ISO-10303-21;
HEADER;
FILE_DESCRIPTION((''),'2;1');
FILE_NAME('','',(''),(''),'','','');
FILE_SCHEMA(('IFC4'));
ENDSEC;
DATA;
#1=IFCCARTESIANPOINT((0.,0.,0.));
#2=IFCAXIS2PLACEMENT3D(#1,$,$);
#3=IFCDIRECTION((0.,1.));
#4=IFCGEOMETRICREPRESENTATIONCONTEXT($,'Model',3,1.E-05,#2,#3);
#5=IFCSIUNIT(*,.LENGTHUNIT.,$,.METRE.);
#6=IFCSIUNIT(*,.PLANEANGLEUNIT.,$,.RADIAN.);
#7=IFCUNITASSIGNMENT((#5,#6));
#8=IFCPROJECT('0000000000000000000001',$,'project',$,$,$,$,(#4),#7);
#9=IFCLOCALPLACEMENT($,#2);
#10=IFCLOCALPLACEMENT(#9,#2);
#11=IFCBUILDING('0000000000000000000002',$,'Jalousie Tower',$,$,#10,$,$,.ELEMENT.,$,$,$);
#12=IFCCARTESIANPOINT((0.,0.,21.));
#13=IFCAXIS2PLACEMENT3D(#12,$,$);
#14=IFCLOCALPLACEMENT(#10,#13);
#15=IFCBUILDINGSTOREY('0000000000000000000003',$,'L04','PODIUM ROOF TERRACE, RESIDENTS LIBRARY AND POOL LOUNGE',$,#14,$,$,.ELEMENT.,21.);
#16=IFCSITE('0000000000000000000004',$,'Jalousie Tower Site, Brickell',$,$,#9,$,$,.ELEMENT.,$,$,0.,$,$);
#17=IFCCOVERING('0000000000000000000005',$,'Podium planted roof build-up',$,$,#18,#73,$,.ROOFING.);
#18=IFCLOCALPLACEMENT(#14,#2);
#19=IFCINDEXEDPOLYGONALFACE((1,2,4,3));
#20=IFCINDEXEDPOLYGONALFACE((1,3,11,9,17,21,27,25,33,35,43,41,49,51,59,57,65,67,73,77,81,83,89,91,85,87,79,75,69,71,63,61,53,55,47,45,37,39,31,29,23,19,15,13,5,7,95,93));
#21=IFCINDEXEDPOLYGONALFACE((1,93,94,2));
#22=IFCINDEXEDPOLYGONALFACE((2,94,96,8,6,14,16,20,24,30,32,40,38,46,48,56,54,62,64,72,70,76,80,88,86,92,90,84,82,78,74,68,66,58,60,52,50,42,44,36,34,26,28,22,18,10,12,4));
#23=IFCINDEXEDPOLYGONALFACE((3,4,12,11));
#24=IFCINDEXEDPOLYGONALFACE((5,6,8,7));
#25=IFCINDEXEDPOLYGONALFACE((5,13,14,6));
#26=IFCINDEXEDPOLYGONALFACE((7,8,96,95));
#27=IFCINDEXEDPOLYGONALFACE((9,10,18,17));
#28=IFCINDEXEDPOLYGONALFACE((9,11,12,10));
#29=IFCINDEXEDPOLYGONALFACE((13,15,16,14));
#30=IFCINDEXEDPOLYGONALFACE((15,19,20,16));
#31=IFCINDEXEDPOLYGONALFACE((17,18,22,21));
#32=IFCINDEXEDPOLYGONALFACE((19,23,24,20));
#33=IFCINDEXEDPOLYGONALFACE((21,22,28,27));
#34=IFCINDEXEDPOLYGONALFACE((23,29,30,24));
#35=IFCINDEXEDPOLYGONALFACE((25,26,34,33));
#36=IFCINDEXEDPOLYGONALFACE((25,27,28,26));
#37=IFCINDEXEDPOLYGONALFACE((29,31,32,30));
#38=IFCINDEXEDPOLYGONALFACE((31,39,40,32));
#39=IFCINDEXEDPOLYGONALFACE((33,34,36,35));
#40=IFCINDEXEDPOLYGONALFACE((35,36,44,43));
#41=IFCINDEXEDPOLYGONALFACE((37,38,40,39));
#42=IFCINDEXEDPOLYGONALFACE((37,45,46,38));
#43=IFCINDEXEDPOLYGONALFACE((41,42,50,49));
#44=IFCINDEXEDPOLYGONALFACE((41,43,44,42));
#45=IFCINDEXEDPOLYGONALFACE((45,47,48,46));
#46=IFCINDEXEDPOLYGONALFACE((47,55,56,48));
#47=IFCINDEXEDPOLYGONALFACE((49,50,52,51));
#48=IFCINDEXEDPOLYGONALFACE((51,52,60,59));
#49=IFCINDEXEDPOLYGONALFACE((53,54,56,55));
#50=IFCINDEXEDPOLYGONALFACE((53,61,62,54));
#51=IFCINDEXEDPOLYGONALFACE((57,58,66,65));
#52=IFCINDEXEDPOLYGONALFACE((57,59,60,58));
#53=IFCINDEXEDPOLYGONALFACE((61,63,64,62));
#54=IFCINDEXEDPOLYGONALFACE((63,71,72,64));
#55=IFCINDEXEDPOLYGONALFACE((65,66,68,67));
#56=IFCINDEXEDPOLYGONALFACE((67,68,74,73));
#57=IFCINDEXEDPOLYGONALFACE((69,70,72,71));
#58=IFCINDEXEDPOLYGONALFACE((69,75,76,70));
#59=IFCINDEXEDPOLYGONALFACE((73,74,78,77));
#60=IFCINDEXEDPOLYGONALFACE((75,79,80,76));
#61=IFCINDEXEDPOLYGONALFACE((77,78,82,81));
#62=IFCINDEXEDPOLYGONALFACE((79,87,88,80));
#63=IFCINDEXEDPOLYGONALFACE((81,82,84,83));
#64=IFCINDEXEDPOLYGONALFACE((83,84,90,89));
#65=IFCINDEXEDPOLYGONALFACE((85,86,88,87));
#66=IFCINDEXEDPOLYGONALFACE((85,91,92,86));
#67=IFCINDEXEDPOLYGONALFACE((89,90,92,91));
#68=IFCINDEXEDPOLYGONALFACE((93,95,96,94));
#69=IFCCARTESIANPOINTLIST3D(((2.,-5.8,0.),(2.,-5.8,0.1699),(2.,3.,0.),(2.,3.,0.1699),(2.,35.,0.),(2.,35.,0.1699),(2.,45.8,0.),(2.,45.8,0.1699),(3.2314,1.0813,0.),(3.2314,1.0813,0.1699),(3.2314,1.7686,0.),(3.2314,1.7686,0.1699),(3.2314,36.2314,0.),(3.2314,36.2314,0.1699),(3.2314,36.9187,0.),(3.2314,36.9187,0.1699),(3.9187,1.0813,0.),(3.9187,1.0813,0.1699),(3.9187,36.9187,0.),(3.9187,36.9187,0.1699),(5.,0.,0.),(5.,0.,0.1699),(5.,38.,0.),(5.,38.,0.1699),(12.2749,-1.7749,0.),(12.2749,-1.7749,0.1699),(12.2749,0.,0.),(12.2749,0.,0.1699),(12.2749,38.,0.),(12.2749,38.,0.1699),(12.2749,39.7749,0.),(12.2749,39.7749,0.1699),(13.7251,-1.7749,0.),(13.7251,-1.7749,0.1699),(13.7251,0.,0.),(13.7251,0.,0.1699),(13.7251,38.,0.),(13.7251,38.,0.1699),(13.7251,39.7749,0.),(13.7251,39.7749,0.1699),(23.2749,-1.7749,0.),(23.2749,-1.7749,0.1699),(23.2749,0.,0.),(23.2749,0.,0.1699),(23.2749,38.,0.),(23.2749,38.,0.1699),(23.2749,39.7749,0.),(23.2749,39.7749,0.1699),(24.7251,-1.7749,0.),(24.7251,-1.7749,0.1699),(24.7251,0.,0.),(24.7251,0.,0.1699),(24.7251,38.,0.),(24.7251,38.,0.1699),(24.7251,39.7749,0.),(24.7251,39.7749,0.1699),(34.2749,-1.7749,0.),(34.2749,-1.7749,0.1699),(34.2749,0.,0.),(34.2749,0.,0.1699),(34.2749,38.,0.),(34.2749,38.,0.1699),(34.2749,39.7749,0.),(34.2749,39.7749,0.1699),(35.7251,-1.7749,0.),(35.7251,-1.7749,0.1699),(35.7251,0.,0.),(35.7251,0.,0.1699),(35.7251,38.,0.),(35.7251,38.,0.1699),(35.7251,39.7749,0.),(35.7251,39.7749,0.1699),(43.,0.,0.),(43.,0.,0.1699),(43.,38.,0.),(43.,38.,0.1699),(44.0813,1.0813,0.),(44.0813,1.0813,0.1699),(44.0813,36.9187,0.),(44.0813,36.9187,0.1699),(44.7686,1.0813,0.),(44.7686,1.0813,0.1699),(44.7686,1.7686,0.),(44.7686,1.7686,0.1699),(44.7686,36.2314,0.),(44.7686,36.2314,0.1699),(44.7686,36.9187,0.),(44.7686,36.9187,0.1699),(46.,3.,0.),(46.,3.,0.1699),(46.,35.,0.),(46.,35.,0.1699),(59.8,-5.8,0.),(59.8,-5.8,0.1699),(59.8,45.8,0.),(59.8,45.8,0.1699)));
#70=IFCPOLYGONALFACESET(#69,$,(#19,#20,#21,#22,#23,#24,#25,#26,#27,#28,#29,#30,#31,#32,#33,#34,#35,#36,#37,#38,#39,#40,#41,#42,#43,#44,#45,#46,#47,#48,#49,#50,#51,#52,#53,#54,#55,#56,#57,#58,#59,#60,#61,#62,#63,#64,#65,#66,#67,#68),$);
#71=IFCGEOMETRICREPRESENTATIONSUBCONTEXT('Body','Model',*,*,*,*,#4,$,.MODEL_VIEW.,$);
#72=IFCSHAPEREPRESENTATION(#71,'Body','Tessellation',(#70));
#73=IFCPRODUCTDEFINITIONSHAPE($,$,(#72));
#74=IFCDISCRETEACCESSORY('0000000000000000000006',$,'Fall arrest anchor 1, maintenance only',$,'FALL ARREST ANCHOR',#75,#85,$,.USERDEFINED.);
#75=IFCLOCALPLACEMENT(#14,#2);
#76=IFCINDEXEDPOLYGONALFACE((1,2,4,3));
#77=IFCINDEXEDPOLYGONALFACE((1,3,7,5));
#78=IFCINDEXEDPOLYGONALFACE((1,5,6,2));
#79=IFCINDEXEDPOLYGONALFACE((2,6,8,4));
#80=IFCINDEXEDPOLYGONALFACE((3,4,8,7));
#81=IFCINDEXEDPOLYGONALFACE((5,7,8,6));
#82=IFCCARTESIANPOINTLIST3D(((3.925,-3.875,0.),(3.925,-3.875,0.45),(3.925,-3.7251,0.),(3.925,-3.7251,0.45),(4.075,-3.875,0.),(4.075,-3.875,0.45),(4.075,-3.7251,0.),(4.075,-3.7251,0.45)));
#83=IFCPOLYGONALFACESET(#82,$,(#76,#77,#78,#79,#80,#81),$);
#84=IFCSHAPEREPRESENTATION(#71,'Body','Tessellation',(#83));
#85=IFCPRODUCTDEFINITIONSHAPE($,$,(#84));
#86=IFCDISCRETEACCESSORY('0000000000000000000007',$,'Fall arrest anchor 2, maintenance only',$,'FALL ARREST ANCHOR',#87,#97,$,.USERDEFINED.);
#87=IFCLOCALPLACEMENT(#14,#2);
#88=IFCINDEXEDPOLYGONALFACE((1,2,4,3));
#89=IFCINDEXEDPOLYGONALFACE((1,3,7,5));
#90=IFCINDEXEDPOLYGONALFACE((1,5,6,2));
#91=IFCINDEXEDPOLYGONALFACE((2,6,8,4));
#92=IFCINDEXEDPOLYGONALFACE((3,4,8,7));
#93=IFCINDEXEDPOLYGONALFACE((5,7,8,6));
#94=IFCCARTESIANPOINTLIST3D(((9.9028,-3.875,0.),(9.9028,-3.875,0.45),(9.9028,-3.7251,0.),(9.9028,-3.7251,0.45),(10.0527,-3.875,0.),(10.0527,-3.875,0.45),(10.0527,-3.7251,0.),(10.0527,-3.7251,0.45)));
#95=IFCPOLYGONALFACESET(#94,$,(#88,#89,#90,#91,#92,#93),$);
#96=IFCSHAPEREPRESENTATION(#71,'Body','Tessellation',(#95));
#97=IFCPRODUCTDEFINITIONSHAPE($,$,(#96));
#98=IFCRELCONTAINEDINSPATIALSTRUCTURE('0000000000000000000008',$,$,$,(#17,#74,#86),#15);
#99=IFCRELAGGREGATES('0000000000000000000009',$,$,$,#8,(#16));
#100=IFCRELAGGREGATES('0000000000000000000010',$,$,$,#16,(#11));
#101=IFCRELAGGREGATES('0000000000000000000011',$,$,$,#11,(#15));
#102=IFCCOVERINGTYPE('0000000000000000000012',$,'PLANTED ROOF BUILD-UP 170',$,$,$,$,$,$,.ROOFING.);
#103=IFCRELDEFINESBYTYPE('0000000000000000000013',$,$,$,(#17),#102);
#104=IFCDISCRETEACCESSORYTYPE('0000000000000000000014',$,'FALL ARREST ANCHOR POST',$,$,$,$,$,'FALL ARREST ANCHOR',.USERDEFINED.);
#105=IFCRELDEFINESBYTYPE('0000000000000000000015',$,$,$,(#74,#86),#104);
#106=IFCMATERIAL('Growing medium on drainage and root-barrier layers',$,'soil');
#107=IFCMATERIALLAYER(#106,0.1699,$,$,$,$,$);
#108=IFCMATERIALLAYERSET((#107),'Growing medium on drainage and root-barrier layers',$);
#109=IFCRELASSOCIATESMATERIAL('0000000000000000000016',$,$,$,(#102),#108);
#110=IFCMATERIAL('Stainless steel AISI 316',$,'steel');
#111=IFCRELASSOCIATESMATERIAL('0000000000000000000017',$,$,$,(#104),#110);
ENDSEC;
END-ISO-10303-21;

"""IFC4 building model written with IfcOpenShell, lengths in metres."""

from ifc_helpers import new_model, si_unit, direction, frame, origin, origin_2d, place, context, subcontext, project, spatial, polyline, rectangle, outline, extrude, material, layer, layer_set, type_object, element, save


model = new_model("IFC4")

# Units and contexts
model_context = context("Model", 3, precision=1e-05, world=origin(), true_north=direction((0.0, 1.0)))
body_context = subcontext(model_context, "Body", "Model", "MODEL_VIEW")
ifc_project = project(units=[si_unit("LENGTHUNIT", "METRE"), si_unit("PLANEANGLEUNIT", "RADIAN")], contexts=[model_context])

# Site, building, storey
site_placement = place(None, origin())
site = spatial("IfcSite", under=ifc_project, at=site_placement, Name="Jalousie Tower Site, Brickell", CompositionType="ELEMENT", RefElevation=0.0)
building_placement = place(site_placement, origin())
building = spatial("IfcBuilding", under=site, at=building_placement, Name="Jalousie Tower", CompositionType="ELEMENT")
storey_placement = place(building_placement, frame((0.0, 0.0, 21.0)))
storey = spatial("IfcBuildingStorey", under=building, at=storey_placement, Name="L04", Description="PODIUM ROOF TERRACE, RESIDENTS LIBRARY AND POOL LOUNGE", CompositionType="ELEMENT", Elevation=21.0)

# Covering
ifc_material_1 = material(Name="Growing medium on drainage and root-barrier layers", Category="soil")
ifc_layer_1 = layer(ifc_material_1, 0.1699)
ifc_layer_set_1 = layer_set([ifc_layer_1], Name="Growing medium on drainage and root-barrier layers")
covering_type = type_object("IfcCoveringType", Name="PLANTED ROOF BUILD-UP 170", PredefinedType="ROOFING", material=ifc_layer_set_1)
covering_placement = place(storey_placement, origin())
element("IfcCovering", 1, at=covering_placement, inside=storey, type_object=covering_type, Name="Podium planted roof build-up", PredefinedType="ROOFING", context=body_context, shape_type="SweptSolid", body=[
    extrude(outline(polyline([(2.0, 3.0), (3.2314, 1.7686), (3.2314, 1.0813), (3.9187, 1.0813), (5.0, 0.0), (12.2749, 0.0), (12.2749, -1.7749), (13.7251, -1.7749), (13.7251, 0.0), (23.2749, 0.0), (23.2749, -1.7749), (24.7251, -1.7749), (24.7251, 0.0), (34.2749, 0.0), (34.2749, -1.7749), (35.7251, -1.7749), (35.7251, 0.0), (43.0, 0.0), (44.0813, 1.0813), (44.7686, 1.0813), (44.7686, 1.7686), (46.0, 3.0), (46.0, 35.0), (44.7686, 36.2314), (44.7686, 36.9187), (44.0813, 36.9187), (43.0, 38.0), (35.7251, 38.0), (35.7251, 39.7749), (34.2749, 39.7749), (34.2749, 38.0), (24.7251, 38.0), (24.7251, 39.7749), (23.2749, 39.7749), (23.2749, 38.0), (13.7251, 38.0), (13.7251, 39.7749), (12.2749, 39.7749), (12.2749, 38.0), (5.0, 38.0), (3.9187, 36.9187), (3.2314, 36.9187), (3.2314, 36.2314), (2.0, 35.0), (2.0, 45.8), (59.8, 45.8), (59.8, -5.8), (2.0, -5.8), (2.0, 3.0)])), origin(), (0.0, 0.0, 1.0), 0.1699),
])

# Discrete accessories
ifc_material_2 = material(Name="Stainless steel AISI 316", Category="steel")
discrete_accessory_type = type_object("IfcDiscreteAccessoryType", Name="FALL ARREST ANCHOR POST", ElementType="FALL ARREST ANCHOR", PredefinedType="USERDEFINED", material=ifc_material_2)
for number, where, z_axis, x_axis, name in (
    (2, (4.0, -3.8, 0.0), (0.0, 0.0, 1.0), (1.0, 0.0, 0.0), "Fall arrest anchor 1, maintenance only"),
    (3, (9.9778, -3.8, 0.0), (0.0, 0.0, 1.0), (1.0, 0.0, 0.0), "Fall arrest anchor 2, maintenance only"),
):
    element("IfcDiscreteAccessory", number, at=place(storey_placement, frame(where, z_axis=z_axis, x_axis=x_axis)), inside=storey, type_object=discrete_accessory_type, Name=name, ObjectType="FALL ARREST ANCHOR", PredefinedType="USERDEFINED", context=body_context, shape_type="SweptSolid", body=[
        extrude(rectangle(XDim=0.1499, YDim=0.1499, at=origin_2d()), origin(), (0.0, 0.0, 1.0), 0.45),
    ])

save(model, "model.ifc")
